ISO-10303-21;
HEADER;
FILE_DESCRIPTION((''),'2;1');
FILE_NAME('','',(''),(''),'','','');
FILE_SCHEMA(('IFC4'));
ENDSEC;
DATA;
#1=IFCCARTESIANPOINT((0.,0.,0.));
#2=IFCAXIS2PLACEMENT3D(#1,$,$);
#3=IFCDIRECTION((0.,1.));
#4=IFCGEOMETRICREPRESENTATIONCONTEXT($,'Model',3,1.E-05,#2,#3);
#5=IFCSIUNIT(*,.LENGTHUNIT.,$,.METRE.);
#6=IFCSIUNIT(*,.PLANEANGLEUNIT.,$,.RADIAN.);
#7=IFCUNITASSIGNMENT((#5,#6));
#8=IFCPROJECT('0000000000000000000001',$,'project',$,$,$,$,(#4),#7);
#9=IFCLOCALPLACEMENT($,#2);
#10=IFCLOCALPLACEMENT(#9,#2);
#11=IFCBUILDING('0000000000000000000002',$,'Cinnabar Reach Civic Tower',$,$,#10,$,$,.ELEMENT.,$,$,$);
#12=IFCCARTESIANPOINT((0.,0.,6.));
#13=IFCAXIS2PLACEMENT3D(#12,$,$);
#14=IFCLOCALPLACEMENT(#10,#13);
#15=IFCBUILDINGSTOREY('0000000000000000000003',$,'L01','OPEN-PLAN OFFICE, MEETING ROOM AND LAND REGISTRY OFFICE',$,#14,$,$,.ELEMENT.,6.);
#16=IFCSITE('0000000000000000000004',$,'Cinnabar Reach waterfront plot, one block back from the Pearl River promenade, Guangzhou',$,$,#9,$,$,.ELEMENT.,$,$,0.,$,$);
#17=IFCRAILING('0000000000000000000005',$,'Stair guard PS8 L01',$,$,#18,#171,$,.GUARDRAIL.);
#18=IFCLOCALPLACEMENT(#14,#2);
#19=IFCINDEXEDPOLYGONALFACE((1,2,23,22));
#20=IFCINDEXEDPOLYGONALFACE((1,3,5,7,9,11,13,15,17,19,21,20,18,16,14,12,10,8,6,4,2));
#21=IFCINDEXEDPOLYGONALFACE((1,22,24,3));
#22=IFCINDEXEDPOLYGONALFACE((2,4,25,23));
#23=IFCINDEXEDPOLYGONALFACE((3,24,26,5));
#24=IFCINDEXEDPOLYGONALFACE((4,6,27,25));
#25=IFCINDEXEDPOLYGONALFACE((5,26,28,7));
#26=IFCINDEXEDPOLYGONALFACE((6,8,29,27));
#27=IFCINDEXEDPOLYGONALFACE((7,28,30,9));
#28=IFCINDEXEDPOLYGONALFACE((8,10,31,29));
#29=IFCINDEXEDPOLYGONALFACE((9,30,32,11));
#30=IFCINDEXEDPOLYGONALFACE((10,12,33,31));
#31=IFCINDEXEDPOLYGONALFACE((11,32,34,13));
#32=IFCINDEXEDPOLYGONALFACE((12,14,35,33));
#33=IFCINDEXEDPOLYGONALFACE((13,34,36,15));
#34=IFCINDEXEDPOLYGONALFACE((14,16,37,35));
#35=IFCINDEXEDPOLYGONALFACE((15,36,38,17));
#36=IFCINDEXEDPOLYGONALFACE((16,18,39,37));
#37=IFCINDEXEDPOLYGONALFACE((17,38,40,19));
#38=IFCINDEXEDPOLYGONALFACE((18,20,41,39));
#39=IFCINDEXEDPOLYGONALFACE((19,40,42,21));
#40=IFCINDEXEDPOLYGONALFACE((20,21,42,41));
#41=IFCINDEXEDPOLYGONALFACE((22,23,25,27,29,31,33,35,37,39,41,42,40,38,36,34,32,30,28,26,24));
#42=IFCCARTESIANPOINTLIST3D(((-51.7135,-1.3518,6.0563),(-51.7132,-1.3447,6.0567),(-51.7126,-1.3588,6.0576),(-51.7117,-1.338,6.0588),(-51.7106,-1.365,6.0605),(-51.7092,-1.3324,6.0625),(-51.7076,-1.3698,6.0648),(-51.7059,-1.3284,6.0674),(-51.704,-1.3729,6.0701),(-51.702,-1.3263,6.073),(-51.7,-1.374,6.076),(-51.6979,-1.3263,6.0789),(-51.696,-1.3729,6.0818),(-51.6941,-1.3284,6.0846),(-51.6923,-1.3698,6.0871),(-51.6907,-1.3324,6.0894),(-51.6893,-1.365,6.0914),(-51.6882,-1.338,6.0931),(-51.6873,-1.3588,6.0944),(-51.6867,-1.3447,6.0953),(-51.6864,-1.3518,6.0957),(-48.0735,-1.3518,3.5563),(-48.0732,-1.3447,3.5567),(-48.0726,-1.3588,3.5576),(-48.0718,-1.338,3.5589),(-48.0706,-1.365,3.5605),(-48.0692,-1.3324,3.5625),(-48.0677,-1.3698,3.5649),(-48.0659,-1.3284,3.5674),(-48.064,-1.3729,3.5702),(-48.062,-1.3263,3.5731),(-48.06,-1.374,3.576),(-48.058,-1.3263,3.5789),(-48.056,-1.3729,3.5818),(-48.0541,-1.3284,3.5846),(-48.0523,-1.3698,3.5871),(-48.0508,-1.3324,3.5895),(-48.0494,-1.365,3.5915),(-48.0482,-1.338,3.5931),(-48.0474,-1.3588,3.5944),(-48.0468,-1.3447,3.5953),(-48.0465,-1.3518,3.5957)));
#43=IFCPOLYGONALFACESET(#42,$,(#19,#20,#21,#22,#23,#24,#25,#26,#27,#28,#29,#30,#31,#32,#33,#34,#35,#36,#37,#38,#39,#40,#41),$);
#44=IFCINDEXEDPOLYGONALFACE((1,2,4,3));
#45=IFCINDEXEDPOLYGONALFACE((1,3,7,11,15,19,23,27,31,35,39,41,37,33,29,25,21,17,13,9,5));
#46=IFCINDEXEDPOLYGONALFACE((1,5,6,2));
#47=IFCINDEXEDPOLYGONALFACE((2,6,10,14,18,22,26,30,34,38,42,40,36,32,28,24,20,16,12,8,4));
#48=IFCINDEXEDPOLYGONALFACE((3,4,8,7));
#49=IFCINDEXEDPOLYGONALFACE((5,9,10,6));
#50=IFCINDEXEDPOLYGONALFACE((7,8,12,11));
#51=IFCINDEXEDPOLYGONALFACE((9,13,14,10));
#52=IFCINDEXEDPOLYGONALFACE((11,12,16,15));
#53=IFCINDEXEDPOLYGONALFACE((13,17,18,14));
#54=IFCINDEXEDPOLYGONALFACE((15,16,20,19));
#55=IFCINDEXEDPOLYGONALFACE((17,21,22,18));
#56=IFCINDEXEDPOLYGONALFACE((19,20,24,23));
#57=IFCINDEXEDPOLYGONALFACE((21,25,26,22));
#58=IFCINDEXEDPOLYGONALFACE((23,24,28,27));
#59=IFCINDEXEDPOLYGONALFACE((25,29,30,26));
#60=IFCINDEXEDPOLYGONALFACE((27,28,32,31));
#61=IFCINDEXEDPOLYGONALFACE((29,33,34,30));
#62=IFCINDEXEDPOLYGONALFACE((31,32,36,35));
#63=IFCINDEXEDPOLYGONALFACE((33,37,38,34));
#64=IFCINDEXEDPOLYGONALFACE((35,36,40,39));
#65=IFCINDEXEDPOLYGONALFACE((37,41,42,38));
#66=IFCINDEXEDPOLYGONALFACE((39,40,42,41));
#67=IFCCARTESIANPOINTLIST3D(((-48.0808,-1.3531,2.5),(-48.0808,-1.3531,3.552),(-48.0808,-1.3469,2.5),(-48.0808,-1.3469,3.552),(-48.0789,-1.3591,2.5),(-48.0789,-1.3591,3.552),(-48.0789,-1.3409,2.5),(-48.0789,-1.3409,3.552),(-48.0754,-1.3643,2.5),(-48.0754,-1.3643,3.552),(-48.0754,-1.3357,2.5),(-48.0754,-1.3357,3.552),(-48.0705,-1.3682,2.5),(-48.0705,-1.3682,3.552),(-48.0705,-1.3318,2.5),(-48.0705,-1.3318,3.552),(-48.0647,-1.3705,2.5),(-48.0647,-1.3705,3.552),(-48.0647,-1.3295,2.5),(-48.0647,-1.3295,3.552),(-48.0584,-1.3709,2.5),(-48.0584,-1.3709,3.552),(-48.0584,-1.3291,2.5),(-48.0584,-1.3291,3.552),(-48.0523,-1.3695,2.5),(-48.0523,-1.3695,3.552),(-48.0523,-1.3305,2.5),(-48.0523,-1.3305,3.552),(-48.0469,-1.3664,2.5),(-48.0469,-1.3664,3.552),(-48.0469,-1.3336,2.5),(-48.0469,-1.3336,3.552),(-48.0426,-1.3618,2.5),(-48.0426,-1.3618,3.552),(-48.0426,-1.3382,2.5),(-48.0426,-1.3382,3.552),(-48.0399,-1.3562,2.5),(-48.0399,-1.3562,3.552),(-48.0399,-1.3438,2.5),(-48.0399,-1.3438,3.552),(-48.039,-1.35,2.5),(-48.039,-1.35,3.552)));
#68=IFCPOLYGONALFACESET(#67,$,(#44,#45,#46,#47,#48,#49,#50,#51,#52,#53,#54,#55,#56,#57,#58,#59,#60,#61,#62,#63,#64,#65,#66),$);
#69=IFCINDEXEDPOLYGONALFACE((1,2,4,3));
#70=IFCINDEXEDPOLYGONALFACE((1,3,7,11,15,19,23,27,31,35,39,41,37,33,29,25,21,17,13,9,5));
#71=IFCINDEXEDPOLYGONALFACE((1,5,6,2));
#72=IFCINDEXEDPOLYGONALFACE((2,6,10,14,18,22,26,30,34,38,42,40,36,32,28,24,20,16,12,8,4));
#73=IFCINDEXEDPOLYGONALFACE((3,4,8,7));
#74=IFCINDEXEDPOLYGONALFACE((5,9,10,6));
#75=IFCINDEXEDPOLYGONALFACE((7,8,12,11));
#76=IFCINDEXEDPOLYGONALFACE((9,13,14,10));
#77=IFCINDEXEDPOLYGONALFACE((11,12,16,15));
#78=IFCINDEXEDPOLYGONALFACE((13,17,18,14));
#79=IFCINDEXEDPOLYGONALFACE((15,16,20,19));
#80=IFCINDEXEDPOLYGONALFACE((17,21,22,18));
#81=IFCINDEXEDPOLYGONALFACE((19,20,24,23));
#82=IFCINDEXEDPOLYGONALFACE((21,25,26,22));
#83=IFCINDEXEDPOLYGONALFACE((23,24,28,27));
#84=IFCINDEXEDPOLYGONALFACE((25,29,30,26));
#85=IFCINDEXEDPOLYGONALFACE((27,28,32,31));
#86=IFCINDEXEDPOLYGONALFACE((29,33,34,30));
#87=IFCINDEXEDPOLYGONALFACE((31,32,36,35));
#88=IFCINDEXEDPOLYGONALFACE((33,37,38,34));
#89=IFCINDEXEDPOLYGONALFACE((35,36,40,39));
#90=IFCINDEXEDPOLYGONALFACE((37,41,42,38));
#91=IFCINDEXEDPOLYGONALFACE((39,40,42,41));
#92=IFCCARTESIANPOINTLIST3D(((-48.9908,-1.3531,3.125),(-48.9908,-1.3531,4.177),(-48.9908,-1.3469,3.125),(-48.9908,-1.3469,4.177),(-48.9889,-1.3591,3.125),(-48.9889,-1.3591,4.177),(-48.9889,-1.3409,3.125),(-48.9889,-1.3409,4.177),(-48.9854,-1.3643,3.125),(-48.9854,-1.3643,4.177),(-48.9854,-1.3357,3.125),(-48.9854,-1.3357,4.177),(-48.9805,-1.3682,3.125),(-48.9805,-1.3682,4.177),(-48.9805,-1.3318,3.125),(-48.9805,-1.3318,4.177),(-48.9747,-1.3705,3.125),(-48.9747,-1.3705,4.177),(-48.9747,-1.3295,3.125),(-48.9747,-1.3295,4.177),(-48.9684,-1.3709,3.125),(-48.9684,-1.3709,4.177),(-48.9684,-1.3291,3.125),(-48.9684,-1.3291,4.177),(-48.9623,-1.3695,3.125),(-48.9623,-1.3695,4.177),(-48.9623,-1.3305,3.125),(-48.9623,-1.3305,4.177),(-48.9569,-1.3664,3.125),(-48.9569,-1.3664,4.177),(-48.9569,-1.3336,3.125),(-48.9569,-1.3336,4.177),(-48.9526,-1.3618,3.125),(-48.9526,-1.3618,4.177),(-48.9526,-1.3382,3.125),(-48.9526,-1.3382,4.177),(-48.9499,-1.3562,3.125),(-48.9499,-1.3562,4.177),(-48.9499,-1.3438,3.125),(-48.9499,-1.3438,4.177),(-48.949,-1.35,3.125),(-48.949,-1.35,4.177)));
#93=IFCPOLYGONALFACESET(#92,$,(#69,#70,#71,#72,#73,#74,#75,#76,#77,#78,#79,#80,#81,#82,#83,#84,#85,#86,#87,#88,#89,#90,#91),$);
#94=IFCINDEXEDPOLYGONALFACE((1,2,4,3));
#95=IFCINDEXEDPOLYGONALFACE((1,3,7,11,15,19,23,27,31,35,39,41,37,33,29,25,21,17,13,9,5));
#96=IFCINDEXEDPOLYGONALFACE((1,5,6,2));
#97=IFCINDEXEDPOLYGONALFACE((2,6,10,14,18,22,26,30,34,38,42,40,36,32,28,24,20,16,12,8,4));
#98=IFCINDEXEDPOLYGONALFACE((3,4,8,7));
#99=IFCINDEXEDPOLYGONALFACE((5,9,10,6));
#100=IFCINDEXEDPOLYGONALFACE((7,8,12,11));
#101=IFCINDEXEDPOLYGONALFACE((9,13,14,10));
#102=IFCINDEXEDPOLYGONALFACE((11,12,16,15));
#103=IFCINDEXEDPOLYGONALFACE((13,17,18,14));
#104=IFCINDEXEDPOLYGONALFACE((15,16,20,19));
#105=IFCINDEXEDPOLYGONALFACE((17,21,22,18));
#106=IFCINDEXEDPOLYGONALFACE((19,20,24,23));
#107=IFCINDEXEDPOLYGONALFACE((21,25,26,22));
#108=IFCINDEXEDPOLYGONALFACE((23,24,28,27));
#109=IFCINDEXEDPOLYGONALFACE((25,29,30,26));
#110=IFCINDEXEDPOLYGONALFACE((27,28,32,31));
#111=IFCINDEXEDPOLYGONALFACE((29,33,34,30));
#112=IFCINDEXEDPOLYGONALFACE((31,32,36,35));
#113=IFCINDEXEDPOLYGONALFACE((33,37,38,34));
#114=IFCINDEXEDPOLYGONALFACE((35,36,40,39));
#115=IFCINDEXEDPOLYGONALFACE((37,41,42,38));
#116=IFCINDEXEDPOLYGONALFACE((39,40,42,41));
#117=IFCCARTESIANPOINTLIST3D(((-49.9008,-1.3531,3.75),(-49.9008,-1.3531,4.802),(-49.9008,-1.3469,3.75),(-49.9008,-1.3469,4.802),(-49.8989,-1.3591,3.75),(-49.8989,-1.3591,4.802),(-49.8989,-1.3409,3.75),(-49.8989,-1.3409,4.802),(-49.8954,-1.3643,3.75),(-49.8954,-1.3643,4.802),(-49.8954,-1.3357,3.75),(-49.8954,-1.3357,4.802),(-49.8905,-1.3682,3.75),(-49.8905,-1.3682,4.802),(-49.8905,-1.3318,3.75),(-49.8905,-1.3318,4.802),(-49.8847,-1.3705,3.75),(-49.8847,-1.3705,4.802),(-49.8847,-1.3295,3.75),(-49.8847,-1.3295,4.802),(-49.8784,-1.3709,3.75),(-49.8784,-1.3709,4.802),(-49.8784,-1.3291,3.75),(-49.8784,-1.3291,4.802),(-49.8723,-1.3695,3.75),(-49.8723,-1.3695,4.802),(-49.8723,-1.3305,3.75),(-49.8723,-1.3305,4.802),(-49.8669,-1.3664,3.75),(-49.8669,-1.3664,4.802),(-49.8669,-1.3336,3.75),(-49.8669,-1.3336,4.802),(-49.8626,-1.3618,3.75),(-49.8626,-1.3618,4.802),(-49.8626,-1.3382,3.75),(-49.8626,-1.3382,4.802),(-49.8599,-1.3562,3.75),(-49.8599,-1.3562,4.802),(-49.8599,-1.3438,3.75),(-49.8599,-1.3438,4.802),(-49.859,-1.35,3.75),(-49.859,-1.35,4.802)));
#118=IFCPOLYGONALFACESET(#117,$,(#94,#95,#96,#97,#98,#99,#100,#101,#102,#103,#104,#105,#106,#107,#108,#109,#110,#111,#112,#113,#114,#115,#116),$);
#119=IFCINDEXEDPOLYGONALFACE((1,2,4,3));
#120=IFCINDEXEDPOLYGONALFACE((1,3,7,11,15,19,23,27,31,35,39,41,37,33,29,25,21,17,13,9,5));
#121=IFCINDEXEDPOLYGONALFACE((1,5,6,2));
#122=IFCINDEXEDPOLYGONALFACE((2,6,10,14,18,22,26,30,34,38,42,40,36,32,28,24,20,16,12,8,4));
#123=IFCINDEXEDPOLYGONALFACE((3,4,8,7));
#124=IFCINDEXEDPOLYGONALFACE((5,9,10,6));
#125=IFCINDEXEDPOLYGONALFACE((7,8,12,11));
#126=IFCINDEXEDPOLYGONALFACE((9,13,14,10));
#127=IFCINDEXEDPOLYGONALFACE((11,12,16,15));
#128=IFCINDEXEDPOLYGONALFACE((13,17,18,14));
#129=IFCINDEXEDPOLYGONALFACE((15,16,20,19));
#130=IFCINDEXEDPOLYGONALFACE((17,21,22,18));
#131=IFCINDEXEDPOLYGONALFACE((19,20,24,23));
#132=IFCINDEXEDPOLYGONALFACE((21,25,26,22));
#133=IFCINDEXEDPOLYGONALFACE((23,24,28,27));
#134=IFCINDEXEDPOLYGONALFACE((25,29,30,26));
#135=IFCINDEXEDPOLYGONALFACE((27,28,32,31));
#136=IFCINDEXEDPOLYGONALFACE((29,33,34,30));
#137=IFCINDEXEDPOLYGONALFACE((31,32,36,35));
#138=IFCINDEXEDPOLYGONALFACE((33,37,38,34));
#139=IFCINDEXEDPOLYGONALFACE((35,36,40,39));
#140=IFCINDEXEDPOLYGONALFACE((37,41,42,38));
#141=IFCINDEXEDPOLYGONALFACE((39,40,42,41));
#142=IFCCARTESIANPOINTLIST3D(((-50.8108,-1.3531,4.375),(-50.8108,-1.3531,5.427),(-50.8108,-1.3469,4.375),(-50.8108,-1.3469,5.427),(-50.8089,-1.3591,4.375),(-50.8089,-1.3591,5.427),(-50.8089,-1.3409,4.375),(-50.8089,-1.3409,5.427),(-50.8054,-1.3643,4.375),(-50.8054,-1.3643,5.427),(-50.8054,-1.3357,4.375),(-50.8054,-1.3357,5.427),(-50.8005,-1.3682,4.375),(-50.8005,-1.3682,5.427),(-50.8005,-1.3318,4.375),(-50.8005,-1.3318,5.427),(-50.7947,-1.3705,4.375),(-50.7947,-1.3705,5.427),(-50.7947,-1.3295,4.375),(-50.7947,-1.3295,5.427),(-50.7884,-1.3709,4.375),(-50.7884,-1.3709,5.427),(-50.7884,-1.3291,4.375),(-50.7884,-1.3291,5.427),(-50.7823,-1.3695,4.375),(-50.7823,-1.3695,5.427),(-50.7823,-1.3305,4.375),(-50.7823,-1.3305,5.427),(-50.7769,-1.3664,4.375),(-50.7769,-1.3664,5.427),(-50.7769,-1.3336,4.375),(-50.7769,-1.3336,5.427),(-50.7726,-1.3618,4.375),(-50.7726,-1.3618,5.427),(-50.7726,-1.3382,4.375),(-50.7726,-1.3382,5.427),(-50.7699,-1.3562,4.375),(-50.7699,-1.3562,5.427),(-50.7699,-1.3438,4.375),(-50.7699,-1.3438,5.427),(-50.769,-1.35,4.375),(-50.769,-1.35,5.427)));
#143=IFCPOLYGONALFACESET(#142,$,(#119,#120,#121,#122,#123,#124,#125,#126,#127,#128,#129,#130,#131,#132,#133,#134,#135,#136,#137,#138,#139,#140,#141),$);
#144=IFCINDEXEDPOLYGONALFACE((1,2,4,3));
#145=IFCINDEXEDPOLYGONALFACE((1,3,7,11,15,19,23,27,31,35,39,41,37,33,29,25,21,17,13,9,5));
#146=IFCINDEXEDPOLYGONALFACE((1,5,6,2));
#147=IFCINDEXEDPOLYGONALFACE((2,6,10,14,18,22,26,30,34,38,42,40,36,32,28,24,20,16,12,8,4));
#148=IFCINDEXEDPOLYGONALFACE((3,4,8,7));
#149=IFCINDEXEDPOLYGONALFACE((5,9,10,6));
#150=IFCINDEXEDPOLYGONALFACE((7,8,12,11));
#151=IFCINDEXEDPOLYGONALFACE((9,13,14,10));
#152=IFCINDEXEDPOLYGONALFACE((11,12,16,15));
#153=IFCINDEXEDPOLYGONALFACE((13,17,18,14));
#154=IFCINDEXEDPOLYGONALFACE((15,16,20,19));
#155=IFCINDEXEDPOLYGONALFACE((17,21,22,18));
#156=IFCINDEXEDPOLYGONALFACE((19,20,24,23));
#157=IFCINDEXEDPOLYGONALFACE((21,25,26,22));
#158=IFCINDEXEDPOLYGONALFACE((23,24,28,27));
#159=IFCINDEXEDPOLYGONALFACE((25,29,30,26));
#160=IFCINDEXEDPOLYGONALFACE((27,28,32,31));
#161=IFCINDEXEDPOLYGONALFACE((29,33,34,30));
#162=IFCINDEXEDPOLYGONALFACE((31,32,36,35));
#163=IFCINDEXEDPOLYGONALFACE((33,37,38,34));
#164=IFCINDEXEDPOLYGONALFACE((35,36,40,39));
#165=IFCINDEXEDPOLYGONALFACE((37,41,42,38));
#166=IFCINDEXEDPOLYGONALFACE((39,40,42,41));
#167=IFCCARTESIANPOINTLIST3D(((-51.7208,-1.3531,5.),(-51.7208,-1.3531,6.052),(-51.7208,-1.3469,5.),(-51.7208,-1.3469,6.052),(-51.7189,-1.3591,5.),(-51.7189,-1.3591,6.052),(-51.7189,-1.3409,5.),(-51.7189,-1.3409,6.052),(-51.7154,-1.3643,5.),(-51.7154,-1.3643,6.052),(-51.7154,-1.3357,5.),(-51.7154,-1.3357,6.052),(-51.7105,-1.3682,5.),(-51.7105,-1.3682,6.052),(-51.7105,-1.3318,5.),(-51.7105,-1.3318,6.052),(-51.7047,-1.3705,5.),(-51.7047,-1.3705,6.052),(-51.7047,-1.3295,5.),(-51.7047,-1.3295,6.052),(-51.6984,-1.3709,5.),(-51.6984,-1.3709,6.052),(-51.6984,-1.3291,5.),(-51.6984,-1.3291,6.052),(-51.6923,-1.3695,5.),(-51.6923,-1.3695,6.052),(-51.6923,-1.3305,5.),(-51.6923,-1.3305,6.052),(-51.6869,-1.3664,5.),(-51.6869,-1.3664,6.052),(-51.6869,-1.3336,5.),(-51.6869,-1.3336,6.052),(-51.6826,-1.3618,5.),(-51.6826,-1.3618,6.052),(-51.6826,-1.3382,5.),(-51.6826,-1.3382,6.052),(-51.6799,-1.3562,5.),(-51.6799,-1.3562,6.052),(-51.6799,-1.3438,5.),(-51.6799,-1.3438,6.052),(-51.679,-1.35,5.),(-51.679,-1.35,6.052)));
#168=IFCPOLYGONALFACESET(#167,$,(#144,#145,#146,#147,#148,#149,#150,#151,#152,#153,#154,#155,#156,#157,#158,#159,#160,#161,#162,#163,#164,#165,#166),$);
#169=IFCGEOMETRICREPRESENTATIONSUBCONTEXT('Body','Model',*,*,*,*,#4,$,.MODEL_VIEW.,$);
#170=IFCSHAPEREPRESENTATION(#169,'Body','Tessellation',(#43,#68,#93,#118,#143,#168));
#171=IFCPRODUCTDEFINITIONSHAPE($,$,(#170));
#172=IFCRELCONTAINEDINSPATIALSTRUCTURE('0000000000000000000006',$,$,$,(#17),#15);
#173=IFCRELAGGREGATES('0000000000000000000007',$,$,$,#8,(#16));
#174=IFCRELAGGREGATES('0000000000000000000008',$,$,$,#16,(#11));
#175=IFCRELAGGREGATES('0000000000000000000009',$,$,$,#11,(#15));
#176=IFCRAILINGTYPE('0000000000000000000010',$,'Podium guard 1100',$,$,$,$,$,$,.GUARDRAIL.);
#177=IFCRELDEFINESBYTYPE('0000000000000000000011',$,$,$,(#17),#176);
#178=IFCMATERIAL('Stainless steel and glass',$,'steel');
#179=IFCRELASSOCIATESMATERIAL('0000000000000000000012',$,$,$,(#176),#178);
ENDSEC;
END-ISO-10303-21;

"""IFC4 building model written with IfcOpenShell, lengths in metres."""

from ifc_helpers import new_model, si_unit, direction, frame, origin, origin_2d, place, context, subcontext, project, spatial, circle, extrude, material, type_object, element, save


model = new_model("IFC4")

# Units and contexts
model_context = context("Model", 3, precision=1e-05, world=origin(), true_north=direction((0.0, 1.0)))
body_context = subcontext(model_context, "Body", "Model", "MODEL_VIEW")
ifc_project = project(units=[si_unit("LENGTHUNIT", "METRE"), si_unit("PLANEANGLEUNIT", "RADIAN")], contexts=[model_context])

# Site, building, storey
site_placement = place(None, origin())
site = spatial("IfcSite", under=ifc_project, at=site_placement, Name="Cinnabar Reach waterfront plot, one block back from the Pearl River promenade, Guangzhou", CompositionType="ELEMENT", RefElevation=0.0)
building_placement = place(site_placement, origin())
building = spatial("IfcBuilding", under=site, at=building_placement, Name="Cinnabar Reach Civic Tower", CompositionType="ELEMENT")
storey_placement = place(building_placement, frame((0.0, 0.0, 6.0)))
storey = spatial("IfcBuildingStorey", under=building, at=storey_placement, Name="L01", Description="OPEN-PLAN OFFICE, MEETING ROOM AND LAND REGISTRY OFFICE", CompositionType="ELEMENT", Elevation=6.0)

# Railing
ifc_material_1 = material(Name="Stainless steel and glass", Category="steel")
railing_type_1 = type_object("IfcRailingType", Name="Podium guard 1100", PredefinedType="GUARDRAIL", material=ifc_material_1)
railing_1_placement = place(storey_placement, frame((-48.06, -1.35, 2.5)))
element("IfcRailing", 1, at=railing_1_placement, inside=storey, type_object=railing_type_1, Name="Stair guard PS8 L01", PredefinedType="GUARDRAIL", context=body_context, shape_type="SweptSolid", body=[
    extrude(circle(Radius=0.024, at=origin_2d()), frame((0.0, 0.0, 1.076), z_axis=(-0.824306, 0.0, 0.566144), x_axis=(0.0, -1.0, 0.0)), (0.0, 0.0, 1.0), 4.4158),
    extrude(circle(Radius=0.021, at=origin_2d()), origin(), (0.0, 0.0, 1.0), 1.052),
    extrude(circle(Radius=0.021, at=origin_2d()), frame((-0.91, 0.0, 0.625)), (0.0, 0.0, 1.0), 1.052),
    extrude(circle(Radius=0.021, at=origin_2d()), frame((-1.82, 0.0, 1.25)), (0.0, 0.0, 1.0), 1.052),
    extrude(circle(Radius=0.021, at=origin_2d()), frame((-2.73, 0.0, 1.875)), (0.0, 0.0, 1.0), 1.052),
    extrude(circle(Radius=0.021, at=origin_2d()), frame((-3.64, 0.0, 2.5)), (0.0, 0.0, 1.0), 1.052),
])

save(model, "model.ifc")
